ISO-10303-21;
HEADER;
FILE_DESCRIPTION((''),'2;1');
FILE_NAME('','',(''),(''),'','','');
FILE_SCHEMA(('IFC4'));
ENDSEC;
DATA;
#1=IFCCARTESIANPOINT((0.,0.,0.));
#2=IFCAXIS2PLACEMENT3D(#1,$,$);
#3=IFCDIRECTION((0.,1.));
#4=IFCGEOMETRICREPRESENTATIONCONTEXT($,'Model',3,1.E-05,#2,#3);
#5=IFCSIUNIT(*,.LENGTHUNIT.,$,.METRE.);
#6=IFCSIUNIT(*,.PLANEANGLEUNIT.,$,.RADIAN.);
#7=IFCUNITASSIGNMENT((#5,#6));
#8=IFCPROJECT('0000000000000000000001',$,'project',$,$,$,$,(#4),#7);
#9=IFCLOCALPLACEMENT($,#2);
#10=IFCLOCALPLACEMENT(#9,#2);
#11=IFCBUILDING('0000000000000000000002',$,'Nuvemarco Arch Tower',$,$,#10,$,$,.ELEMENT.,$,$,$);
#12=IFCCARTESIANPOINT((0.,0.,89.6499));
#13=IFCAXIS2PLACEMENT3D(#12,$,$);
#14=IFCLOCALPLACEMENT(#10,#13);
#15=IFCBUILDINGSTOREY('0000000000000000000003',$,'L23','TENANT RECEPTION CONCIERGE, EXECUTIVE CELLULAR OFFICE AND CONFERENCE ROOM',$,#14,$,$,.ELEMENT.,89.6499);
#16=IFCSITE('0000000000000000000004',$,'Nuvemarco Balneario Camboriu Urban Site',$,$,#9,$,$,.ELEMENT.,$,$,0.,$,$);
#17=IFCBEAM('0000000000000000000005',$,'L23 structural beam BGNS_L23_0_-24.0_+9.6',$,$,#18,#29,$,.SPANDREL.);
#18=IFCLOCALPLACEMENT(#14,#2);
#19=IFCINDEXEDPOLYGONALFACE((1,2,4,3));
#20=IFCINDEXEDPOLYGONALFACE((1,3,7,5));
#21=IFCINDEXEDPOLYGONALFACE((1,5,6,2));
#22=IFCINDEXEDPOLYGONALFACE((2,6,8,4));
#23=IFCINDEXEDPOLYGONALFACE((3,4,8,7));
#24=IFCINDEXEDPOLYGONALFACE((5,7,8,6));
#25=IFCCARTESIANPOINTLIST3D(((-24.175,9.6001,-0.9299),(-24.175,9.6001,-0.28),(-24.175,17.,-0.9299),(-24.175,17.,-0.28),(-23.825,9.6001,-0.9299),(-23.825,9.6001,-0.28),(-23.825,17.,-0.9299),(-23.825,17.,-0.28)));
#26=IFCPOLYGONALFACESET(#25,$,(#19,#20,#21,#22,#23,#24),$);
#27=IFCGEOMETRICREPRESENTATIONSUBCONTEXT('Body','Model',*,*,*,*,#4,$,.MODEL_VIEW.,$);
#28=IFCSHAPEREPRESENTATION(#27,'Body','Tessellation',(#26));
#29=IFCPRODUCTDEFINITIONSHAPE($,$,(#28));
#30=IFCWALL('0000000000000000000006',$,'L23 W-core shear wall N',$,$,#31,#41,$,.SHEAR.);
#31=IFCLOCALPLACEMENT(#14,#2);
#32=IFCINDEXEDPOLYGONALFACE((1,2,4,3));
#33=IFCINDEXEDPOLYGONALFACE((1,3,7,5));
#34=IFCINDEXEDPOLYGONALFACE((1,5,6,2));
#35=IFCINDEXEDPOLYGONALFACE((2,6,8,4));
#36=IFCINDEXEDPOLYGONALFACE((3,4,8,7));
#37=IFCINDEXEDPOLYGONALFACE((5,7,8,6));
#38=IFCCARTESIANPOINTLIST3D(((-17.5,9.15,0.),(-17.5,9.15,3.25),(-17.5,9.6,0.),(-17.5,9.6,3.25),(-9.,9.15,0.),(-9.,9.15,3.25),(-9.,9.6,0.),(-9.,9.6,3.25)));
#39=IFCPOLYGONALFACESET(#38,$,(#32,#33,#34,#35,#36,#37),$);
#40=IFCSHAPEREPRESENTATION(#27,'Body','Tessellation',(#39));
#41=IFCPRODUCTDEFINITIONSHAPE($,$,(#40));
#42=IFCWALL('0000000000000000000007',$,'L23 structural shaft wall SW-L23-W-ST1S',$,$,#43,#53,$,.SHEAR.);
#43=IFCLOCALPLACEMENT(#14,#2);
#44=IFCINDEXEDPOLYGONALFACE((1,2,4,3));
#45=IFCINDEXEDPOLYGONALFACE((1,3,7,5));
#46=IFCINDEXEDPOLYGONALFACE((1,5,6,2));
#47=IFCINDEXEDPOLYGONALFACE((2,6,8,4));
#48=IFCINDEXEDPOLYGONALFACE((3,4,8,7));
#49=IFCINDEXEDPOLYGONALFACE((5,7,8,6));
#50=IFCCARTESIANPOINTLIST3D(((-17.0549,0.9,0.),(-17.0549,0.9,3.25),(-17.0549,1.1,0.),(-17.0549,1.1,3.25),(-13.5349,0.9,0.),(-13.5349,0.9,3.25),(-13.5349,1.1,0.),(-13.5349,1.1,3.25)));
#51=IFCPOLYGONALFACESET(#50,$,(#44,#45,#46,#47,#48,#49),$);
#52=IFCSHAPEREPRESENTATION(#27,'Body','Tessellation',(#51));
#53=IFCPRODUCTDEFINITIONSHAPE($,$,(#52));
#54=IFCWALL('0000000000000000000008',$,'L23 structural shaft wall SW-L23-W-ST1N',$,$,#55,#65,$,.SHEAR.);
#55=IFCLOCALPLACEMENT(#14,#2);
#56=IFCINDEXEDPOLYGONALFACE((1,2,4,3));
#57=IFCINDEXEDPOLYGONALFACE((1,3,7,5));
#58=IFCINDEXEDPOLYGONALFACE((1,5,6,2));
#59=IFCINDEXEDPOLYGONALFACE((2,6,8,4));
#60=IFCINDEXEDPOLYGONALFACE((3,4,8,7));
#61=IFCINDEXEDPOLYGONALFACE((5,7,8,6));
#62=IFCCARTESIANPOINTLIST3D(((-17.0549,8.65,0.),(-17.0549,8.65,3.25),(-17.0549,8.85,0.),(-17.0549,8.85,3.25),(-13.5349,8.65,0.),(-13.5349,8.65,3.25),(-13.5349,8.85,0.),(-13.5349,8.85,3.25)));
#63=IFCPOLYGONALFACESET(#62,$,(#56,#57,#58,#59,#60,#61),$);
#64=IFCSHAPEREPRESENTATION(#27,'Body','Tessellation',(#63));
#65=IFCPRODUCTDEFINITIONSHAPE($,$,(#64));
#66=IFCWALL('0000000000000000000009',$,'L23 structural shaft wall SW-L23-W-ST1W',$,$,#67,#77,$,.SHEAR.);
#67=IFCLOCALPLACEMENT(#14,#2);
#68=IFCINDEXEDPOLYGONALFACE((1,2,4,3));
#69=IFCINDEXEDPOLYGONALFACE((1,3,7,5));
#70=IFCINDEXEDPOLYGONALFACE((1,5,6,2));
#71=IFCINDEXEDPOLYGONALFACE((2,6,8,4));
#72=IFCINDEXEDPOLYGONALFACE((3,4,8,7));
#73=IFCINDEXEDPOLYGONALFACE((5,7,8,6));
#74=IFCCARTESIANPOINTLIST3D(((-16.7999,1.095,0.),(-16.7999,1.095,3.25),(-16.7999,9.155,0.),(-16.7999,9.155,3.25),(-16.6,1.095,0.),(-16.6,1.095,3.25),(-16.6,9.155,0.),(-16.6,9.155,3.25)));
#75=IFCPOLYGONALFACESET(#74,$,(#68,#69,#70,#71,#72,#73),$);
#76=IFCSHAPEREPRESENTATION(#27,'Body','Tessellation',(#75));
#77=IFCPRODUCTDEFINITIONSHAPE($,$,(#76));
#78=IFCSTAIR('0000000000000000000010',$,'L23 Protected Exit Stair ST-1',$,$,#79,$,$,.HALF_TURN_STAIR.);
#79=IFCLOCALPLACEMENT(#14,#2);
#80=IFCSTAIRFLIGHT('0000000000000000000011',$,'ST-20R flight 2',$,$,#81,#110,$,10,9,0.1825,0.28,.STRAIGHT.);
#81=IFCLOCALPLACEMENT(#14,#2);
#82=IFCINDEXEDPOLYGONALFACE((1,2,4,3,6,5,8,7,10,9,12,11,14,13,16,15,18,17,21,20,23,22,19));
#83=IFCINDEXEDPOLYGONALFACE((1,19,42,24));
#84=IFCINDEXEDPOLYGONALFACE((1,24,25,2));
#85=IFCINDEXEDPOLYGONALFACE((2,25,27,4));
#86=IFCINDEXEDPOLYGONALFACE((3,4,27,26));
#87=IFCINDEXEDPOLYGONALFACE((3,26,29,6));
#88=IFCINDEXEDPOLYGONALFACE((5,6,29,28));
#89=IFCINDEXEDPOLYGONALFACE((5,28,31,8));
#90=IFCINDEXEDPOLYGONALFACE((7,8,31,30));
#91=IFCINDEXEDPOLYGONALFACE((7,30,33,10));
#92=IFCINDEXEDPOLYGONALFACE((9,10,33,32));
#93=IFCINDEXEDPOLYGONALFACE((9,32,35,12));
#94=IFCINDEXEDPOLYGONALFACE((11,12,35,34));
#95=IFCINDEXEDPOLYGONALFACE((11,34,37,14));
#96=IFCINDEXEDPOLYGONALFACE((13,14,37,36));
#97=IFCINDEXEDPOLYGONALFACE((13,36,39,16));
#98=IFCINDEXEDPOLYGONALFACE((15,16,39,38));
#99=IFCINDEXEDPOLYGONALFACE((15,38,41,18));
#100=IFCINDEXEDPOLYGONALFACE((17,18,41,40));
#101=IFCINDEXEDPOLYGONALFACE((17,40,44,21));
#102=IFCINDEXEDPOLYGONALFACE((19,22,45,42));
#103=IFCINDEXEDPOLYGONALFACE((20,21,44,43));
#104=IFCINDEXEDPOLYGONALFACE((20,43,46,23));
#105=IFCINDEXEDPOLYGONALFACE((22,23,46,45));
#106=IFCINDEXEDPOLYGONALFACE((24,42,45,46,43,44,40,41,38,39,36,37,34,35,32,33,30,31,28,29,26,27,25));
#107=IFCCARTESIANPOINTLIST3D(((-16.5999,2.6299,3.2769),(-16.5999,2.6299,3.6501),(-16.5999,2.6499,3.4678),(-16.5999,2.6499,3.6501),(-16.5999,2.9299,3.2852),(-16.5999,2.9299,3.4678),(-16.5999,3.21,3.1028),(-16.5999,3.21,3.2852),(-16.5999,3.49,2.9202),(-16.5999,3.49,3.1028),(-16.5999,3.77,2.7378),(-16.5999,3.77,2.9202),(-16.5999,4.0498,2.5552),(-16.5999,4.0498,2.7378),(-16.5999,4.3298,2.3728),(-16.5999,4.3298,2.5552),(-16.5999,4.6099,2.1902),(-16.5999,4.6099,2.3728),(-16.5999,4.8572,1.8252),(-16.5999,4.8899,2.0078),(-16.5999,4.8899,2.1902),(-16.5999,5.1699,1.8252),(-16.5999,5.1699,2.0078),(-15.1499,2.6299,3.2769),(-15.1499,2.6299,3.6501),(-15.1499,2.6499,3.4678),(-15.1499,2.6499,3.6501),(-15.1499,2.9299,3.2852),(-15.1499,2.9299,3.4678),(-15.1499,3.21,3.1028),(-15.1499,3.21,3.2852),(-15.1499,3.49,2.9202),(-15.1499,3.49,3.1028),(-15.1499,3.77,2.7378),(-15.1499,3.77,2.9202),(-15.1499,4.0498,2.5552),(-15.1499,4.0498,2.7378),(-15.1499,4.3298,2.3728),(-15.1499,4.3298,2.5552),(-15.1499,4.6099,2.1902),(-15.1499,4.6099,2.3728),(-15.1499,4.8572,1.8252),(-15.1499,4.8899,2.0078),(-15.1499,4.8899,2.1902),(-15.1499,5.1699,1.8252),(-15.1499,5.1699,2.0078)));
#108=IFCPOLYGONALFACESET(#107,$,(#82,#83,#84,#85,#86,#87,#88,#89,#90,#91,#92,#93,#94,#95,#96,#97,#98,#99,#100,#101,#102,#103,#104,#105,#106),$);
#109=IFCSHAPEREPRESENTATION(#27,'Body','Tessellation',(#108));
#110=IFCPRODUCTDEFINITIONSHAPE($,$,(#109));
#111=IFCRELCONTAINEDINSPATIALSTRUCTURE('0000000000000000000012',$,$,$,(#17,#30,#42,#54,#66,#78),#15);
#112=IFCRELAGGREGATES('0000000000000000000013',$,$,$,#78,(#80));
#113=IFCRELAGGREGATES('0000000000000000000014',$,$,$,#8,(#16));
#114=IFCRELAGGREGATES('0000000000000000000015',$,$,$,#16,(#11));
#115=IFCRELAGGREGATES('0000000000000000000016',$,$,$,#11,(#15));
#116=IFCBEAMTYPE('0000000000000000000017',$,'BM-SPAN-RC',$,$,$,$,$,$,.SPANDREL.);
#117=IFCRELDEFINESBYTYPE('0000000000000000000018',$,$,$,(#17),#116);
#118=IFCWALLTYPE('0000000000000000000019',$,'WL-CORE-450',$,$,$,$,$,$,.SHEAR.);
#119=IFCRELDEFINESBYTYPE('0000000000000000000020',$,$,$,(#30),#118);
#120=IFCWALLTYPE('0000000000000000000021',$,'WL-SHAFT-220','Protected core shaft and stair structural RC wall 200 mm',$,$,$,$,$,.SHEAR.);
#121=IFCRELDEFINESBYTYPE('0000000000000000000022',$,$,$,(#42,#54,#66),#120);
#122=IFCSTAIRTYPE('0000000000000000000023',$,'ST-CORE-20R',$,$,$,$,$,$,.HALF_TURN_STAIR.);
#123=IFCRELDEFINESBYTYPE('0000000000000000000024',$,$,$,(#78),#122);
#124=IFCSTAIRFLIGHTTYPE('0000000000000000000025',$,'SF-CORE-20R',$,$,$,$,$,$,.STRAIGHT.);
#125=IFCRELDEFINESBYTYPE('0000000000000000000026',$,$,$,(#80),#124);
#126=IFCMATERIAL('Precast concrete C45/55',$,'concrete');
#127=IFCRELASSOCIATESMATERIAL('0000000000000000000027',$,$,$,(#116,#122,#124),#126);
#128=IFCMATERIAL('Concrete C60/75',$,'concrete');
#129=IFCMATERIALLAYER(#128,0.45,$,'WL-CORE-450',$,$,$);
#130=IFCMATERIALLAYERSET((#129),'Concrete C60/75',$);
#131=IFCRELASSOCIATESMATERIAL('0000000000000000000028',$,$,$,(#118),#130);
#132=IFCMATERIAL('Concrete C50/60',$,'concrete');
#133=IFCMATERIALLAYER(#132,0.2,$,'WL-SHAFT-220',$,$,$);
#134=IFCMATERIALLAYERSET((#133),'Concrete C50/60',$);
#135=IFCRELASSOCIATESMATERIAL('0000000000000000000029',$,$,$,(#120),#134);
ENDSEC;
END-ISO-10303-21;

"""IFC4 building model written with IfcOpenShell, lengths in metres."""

from ifc_helpers import new_model, si_unit, direction, frame, frame_2d, origin, origin_2d, place, context, subcontext, project, spatial, polyline, rectangle, outline, extrude, material, layer, layer_set, material_profile, profile_set, type_object, element, aggregate, save


model = new_model("IFC4")

# Units and contexts
model_context = context("Model", 3, precision=1e-05, world=origin(), true_north=direction((0.0, 1.0)))
body_context = subcontext(model_context, "Body", "Model", "MODEL_VIEW")
ifc_project = project(units=[si_unit("LENGTHUNIT", "METRE"), si_unit("PLANEANGLEUNIT", "RADIAN")], contexts=[model_context])

# Site, building, storey
site_placement = place(None, origin())
site = spatial("IfcSite", under=ifc_project, at=site_placement, Name="Nuvemarco Balneario Camboriu Urban Site", CompositionType="ELEMENT", RefElevation=0.0)
building_placement = place(site_placement, origin())
building = spatial("IfcBuilding", under=site, at=building_placement, Name="Nuvemarco Arch Tower", CompositionType="ELEMENT")
storey_placement = place(building_placement, frame((0.0, 0.0, 89.6499)))
storey = spatial("IfcBuildingStorey", under=building, at=storey_placement, Name="L23", Description="TENANT RECEPTION CONCIERGE, EXECUTIVE CELLULAR OFFICE AND CONFERENCE ROOM", CompositionType="ELEMENT", Elevation=89.6499)

# Shared definitions
ifc_material_1 = material(Name="Concrete C60/75", Category="concrete")

# Beam
ifc_material_2 = material(Name="Precast concrete C45/55", Category="concrete")
ifc_material_profile_1 = material_profile(ifc_material_2, rectangle(XDim=0.3501, YDim=0.6499, at=origin_2d()), Name="PC-SP-350x650")
ifc_profile_set_1 = profile_set([ifc_material_profile_1], Name="Precast concrete C45/55")
beam_type_1 = type_object("IfcBeamType", Name="BM-SPAN-RC", PredefinedType="SPANDREL", material=ifc_profile_set_1)
beam_1_placement = place(storey_placement, frame((-24.0, 9.6001, -0.605), z_axis=(0.0, 1.0, 0.0), x_axis=(-1.0, 0.0, 0.0)))
element("IfcBeam", 1, at=beam_1_placement, inside=storey, type_object=beam_type_1, Name="L23 structural beam BGNS_L23_0_-24.0_+9.6", PredefinedType="SPANDREL", context=body_context, shape_type="SweptSolid", body=[
    extrude(rectangle(XDim=0.3501, YDim=0.6499, at=origin_2d()), origin(), (0.0, 0.0, 1.0), 7.3999),
])

# Walls
ifc_layer_1 = layer(ifc_material_1, 0.45, Name="WL-CORE-450")
ifc_layer_set_1 = layer_set([ifc_layer_1], Name="Concrete C60/75")
wall_type_1 = type_object("IfcWallType", Name="WL-CORE-450", PredefinedType="SHEAR", material=ifc_layer_set_1)
wall_1_placement = place(storey_placement, frame((-17.5, 9.375, 0.0), z_axis=(0.0, 0.0, 1.0), x_axis=(1.0, 0.0, 0.0)))
element("IfcWall", 2, at=wall_1_placement, inside=storey, type_object=wall_type_1, Name="L23 W-core shear wall N", PredefinedType="SHEAR", context=body_context, shape_type="SweptSolid", body=[
    extrude(rectangle(XDim=8.5, YDim=0.45, at=frame_2d((4.25, 0.0))), origin(), (0.0, 0.0, 1.0), 3.25),
])
ifc_material_3 = material(Name="Concrete C50/60", Category="concrete")
ifc_layer_2 = layer(ifc_material_3, 0.2, Name="WL-SHAFT-220")
ifc_layer_set_2 = layer_set([ifc_layer_2], Name="Concrete C50/60")
wall_type_2 = type_object("IfcWallType", Name="WL-SHAFT-220", Description="Protected core shaft and stair structural RC wall 200 mm", PredefinedType="SHEAR", material=ifc_layer_set_2)
for number, where, z_axis, x_axis, name in (
    (3, (-17.0549, 1.0, 0.0), (0.0, 0.0, 1.0), (1.0, 0.0, 0.0), "L23 structural shaft wall SW-L23-W-ST1S"),
    (4, (-17.0549, 8.75, 0.0), (0.0, 0.0, 1.0), (1.0, 0.0, 0.0), "L23 structural shaft wall SW-L23-W-ST1N"),
):
    element("IfcWall", number, at=place(storey_placement, frame(where, z_axis=z_axis, x_axis=x_axis)), inside=storey, type_object=wall_type_2, Name=name, PredefinedType="SHEAR", context=body_context, shape_type="SweptSolid", body=[
        extrude(rectangle(XDim=3.52, YDim=0.2, at=frame_2d((1.76, 0.0))), origin(), (0.0, 0.0, 1.0), 3.25),
    ])
wall_2_placement = place(storey_placement, frame((-16.7, 1.095, 0.0), z_axis=(0.0, 0.0, 1.0), x_axis=(0.0, 1.0, 0.0)))
element("IfcWall", 5, at=wall_2_placement, inside=storey, type_object=wall_type_2, Name="L23 structural shaft wall SW-L23-W-ST1W", PredefinedType="SHEAR", context=body_context, shape_type="SweptSolid", body=[
    extrude(rectangle(XDim=8.0601, YDim=0.2, at=frame_2d((4.03, 0.0))), origin(), (0.0, 0.0, 1.0), 3.25),
])

# Stair, stair flight
stair_type = type_object("IfcStairType", Name="ST-CORE-20R", PredefinedType="HALF_TURN_STAIR", material=ifc_material_2)
stair_placement = place(storey_placement, origin())
stair = element("IfcStair", 6, at=stair_placement, inside=storey, type_object=stair_type, Name="L23 Protected Exit Stair ST-1", PredefinedType="HALF_TURN_STAIR")
stair_flight_type = type_object("IfcStairFlightType", Name="SF-CORE-20R", PredefinedType="STRAIGHT", material=ifc_material_2)
stair_flight_placement = place(storey_placement, frame((-15.875, 5.1699, 1.8252), z_axis=(0.0, 0.0, 1.0), x_axis=(0.0, -1.0, 0.0)))
stair_flight = element("IfcStairFlight", 7, at=stair_flight_placement, type_object=stair_flight_type, Name="ST-20R flight 2", NumberOfRisers=10, NumberOfTreads=9, PredefinedType="STRAIGHT", RiserHeight=0.1825, TreadLength=0.28, context=body_context, shape_type="SweptSolid", body=[
    extrude(outline(polyline([(0.0, 0.0), (0.0, 0.1826), (0.28, 0.1826), (0.28, 0.365), (0.5601, 0.365), (0.5601, 0.5476), (0.8401, 0.5476), (0.8401, 0.73), (1.1201, 0.73), (1.1201, 0.9126), (1.3999, 0.9126), (1.3999, 1.095), (1.6799, 1.095), (1.6799, 1.2776), (1.96, 1.2776), (1.96, 1.46), (2.24, 1.46), (2.24, 1.6426), (2.52, 1.6426), (2.52, 1.825), (2.54, 1.825), (2.54, 1.4517), (0.3127, 0.0), (0.0, 0.0)])), frame((0.0, 0.7251, 0.0), z_axis=(0.0, -1.0, 0.0), x_axis=(1.0, 0.0, 0.0)), (0.0, 0.0, 1.0), 1.45),
])
aggregate(stair, [stair_flight])

save(model, "model.ifc")
